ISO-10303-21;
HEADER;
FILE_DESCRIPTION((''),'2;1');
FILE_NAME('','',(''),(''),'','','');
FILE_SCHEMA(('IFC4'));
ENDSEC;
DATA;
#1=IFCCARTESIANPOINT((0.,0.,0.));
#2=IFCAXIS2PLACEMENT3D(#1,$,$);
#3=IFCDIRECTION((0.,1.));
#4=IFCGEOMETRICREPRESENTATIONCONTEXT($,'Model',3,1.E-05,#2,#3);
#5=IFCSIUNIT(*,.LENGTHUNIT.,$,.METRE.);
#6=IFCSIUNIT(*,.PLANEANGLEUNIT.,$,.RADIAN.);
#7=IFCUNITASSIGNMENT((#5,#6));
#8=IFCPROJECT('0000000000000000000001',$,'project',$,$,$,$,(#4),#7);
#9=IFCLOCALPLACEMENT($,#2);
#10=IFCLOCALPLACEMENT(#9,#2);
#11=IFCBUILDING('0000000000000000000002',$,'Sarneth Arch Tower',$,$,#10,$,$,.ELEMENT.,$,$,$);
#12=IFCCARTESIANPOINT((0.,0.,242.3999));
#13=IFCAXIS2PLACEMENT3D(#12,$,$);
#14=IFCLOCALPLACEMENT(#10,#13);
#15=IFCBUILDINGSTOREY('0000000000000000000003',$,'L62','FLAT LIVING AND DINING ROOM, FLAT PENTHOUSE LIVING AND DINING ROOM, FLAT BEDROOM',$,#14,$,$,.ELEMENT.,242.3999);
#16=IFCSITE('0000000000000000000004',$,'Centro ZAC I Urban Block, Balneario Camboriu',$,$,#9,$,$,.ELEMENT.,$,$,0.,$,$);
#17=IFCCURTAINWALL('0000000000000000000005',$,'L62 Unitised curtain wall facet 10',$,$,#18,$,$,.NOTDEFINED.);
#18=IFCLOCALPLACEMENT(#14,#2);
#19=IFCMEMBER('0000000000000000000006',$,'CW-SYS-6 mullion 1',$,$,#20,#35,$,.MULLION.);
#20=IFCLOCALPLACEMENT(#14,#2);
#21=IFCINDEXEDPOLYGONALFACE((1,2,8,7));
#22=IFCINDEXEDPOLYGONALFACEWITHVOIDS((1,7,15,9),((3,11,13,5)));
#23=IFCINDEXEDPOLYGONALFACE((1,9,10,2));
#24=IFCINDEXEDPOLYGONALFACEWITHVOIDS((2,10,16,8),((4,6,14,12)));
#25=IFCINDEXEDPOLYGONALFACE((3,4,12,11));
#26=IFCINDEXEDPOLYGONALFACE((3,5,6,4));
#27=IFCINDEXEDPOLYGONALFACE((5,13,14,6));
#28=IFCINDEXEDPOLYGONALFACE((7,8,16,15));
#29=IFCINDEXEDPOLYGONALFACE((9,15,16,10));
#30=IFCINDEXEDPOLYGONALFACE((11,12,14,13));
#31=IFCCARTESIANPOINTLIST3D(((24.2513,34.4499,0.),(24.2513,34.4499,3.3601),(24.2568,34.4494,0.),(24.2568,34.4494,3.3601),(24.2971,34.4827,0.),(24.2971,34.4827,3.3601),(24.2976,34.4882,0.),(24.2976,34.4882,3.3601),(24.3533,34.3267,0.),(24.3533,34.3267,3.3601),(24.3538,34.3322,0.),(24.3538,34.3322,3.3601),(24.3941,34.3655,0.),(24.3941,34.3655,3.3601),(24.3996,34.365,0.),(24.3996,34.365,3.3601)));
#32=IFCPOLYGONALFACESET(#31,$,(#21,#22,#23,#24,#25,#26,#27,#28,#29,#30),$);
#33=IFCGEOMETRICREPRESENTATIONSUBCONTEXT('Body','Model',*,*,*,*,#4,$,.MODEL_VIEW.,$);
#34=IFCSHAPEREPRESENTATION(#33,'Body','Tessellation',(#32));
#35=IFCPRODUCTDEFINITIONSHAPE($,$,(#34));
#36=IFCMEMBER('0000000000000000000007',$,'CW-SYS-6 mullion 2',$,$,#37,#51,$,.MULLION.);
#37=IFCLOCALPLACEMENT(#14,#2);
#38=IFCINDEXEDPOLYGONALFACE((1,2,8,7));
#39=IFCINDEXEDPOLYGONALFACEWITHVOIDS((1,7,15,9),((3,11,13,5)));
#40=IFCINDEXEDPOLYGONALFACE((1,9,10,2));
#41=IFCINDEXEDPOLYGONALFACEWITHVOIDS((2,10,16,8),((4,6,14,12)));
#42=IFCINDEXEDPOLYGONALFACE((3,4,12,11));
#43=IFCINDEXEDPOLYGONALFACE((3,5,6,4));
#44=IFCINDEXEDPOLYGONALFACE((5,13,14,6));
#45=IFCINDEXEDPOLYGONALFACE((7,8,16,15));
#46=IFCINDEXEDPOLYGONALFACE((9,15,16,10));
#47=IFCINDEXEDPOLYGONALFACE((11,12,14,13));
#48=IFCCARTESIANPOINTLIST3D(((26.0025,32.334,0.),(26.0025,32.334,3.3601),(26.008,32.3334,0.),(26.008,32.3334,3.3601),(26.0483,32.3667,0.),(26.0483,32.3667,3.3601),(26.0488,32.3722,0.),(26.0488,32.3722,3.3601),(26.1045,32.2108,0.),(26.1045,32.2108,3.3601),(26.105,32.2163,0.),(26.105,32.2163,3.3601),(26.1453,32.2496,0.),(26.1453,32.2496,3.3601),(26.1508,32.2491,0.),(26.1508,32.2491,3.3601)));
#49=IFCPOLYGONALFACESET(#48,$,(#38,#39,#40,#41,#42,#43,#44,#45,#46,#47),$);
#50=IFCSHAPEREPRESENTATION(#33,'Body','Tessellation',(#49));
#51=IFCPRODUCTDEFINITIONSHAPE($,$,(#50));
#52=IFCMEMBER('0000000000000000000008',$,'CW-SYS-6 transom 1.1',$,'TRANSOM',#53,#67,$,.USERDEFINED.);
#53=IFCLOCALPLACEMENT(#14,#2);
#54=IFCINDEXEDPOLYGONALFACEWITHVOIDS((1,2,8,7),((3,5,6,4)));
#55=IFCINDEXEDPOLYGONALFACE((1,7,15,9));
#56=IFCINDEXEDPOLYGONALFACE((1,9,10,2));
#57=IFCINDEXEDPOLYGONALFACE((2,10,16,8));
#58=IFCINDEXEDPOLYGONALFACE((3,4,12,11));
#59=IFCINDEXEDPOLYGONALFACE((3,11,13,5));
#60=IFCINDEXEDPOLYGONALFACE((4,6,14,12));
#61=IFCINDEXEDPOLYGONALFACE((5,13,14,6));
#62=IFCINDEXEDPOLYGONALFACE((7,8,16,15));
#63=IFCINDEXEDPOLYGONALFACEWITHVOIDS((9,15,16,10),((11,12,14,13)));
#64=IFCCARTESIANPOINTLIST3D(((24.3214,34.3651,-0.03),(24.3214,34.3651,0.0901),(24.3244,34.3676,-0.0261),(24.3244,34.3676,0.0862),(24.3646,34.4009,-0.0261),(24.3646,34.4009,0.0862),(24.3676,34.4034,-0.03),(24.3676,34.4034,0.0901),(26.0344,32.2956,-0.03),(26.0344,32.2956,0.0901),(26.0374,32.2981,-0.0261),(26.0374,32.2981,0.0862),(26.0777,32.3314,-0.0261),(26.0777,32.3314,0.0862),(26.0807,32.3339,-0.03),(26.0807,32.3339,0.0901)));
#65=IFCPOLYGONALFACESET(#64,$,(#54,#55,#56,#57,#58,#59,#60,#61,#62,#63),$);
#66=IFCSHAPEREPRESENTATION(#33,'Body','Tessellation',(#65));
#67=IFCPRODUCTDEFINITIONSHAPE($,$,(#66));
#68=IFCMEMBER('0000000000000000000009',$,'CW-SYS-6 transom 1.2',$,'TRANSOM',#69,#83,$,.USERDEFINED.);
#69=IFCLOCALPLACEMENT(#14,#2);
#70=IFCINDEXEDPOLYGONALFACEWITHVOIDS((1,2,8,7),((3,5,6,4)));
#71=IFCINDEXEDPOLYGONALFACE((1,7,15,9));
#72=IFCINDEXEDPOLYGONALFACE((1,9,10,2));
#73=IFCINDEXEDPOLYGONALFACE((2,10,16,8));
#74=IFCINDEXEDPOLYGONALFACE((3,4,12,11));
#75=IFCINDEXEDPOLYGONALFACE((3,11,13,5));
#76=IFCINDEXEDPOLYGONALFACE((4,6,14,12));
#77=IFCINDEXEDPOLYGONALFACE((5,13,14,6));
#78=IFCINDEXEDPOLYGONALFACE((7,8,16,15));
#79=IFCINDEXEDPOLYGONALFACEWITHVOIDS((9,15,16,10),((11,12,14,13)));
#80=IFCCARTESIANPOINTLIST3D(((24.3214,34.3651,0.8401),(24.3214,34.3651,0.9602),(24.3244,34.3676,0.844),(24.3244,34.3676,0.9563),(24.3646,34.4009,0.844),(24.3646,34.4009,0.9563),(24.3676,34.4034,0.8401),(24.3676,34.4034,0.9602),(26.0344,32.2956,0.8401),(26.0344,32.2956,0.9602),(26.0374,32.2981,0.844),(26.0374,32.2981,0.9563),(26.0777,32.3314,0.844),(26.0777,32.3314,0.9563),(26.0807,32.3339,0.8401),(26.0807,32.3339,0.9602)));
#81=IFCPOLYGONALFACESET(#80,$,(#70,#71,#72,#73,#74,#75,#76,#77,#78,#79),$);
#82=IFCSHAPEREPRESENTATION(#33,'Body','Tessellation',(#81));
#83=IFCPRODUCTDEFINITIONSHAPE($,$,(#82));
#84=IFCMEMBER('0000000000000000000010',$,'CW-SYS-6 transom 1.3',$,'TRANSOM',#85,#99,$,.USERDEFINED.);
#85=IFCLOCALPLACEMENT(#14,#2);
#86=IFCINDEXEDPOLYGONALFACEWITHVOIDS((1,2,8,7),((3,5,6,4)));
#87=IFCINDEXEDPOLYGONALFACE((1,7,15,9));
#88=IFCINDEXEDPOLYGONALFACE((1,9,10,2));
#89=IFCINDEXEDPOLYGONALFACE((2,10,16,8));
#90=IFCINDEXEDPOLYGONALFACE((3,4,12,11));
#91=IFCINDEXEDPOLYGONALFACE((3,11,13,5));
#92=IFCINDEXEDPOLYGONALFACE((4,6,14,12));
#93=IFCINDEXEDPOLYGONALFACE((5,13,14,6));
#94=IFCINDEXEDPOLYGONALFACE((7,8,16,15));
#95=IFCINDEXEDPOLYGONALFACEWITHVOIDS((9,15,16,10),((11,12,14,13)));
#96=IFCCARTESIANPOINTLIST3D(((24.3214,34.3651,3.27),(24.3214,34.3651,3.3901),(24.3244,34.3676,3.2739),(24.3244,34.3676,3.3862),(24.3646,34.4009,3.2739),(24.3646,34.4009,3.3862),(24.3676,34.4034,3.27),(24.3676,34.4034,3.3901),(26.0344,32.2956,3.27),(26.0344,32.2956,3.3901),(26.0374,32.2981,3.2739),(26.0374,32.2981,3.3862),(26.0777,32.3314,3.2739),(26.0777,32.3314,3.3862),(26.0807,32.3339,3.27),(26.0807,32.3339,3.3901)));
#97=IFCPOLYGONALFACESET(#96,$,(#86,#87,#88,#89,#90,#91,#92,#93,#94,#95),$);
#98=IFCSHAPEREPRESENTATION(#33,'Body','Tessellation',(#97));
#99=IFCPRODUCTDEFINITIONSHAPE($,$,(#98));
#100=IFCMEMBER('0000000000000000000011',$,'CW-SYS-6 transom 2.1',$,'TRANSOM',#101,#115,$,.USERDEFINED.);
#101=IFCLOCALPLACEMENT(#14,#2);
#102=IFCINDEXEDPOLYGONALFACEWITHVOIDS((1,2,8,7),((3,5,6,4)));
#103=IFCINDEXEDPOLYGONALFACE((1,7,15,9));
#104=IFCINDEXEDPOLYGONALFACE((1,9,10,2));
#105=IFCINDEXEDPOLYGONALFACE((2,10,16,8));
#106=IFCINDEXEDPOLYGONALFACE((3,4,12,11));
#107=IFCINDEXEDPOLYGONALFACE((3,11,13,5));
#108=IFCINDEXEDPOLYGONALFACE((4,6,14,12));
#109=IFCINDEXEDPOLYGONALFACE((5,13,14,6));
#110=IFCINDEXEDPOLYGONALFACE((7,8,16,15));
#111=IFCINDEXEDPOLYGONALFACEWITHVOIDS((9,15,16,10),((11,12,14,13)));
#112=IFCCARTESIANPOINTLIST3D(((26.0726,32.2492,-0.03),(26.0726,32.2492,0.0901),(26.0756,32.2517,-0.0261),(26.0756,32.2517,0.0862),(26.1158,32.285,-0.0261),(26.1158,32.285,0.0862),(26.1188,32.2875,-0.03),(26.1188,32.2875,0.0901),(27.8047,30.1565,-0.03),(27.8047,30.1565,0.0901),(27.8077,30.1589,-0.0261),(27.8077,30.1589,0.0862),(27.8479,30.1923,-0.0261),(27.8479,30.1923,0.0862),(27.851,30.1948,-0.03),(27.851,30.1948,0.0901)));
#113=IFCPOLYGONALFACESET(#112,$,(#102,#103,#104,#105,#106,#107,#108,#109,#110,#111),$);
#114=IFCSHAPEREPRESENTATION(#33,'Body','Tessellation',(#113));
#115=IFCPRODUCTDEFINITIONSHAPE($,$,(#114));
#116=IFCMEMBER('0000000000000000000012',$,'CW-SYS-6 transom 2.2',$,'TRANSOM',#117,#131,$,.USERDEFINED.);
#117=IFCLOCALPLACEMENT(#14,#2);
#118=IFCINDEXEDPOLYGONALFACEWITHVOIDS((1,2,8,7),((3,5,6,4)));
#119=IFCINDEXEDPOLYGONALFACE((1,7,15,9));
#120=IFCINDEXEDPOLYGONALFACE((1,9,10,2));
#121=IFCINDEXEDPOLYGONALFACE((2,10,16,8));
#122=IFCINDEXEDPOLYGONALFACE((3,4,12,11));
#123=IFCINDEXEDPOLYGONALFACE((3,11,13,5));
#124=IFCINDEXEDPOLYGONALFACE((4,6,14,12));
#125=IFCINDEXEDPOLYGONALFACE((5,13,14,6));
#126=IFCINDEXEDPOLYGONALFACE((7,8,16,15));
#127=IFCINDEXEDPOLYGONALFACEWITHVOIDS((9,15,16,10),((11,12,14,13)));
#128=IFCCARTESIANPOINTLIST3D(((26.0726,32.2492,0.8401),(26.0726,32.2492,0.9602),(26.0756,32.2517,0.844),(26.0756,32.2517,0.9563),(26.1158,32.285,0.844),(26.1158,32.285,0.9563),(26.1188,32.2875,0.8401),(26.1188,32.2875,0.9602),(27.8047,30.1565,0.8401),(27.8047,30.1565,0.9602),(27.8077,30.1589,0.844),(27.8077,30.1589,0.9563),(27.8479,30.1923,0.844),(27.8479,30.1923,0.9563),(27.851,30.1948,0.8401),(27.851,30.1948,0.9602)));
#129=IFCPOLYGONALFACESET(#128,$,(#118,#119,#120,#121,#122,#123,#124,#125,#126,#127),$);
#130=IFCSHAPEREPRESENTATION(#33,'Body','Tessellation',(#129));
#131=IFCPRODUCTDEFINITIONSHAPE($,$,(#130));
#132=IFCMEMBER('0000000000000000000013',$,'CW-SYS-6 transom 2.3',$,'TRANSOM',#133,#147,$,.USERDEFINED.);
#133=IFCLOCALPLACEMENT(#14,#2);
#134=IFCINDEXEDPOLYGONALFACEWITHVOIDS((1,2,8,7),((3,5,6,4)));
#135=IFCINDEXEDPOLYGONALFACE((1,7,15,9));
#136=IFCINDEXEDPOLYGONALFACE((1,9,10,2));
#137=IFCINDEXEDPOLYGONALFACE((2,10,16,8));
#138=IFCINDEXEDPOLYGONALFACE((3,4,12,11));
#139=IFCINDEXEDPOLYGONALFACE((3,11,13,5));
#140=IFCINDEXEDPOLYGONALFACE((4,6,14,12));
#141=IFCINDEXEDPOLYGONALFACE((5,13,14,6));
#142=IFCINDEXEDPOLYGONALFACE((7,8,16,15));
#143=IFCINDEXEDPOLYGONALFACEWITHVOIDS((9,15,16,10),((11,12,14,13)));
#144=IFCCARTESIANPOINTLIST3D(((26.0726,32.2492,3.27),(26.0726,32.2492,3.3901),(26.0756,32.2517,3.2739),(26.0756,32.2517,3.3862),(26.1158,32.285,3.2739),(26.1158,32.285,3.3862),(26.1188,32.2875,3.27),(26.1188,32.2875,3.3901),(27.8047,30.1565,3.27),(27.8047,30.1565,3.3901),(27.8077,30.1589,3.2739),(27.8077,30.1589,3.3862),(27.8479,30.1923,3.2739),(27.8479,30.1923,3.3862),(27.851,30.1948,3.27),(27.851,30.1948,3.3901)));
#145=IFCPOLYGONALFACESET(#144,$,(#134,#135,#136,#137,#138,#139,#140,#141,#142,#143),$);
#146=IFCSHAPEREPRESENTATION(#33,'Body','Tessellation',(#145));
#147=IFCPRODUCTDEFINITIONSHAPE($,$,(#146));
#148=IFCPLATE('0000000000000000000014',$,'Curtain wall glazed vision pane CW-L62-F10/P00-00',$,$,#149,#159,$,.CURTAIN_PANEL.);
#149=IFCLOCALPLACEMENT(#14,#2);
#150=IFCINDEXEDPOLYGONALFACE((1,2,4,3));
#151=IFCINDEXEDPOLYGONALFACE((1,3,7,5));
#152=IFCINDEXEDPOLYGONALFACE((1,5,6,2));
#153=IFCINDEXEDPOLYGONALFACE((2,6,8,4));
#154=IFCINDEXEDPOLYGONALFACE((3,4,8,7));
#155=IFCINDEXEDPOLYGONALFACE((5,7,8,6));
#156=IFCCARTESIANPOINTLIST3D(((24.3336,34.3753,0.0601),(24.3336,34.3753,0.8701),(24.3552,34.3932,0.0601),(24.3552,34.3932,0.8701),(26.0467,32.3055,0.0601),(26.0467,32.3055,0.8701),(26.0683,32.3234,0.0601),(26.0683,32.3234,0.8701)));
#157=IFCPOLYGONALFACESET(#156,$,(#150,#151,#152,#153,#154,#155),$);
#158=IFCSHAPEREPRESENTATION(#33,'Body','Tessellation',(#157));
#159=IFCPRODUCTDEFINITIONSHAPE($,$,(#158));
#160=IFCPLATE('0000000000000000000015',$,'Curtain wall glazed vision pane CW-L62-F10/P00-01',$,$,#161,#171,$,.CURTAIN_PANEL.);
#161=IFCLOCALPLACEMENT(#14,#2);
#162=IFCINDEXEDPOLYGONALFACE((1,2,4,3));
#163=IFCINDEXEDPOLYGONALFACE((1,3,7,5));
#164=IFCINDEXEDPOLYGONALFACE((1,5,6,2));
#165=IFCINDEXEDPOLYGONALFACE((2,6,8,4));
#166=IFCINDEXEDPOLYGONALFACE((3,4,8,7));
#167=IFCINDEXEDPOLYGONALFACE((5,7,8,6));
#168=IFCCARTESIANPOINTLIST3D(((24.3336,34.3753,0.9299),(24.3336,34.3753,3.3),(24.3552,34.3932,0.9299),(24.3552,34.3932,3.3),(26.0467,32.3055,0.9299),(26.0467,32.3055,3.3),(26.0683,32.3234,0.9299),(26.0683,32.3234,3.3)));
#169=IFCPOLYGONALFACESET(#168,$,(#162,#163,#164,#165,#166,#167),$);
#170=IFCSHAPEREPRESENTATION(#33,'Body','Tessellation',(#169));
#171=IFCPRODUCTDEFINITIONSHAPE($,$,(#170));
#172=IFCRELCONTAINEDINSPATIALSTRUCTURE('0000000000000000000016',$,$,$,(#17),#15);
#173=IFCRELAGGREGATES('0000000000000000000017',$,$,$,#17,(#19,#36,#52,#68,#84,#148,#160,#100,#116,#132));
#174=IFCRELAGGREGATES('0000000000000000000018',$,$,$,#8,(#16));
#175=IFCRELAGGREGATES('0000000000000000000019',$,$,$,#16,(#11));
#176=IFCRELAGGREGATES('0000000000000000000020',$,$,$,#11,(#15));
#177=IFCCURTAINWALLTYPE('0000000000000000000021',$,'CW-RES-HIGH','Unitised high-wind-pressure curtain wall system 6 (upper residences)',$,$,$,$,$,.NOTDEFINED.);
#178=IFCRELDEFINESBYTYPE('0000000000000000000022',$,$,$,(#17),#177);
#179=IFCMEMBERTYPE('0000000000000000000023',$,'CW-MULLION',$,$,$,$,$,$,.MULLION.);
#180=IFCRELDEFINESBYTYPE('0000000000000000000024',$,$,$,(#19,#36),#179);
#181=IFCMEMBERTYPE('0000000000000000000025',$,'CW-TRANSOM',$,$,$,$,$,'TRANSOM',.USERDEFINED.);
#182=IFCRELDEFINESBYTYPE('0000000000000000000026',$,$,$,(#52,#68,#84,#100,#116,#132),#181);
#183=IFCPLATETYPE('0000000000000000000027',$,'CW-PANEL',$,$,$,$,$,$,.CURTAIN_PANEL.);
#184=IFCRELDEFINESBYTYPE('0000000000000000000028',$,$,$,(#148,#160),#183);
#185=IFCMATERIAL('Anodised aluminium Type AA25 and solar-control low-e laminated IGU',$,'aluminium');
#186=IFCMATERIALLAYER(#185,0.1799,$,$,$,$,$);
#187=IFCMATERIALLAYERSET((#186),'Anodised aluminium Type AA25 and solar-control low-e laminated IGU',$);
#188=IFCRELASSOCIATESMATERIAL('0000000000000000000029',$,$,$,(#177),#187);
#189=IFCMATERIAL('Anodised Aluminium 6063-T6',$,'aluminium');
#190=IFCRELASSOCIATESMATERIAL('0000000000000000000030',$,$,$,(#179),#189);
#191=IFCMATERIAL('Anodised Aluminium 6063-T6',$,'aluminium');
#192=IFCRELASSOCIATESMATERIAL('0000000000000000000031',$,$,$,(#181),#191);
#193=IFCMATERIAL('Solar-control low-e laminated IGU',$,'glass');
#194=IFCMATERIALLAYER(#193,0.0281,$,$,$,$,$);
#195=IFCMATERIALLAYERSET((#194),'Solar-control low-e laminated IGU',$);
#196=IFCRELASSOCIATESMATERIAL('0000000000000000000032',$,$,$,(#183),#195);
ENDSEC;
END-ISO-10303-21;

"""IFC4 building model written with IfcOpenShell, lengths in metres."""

from ifc_helpers import new_model, si_unit, direction, frame, origin, origin_2d, place, context, subcontext, project, spatial, rectangle, hollow_rectangle, extrude, material, layer, layer_set, material_profile, profile_set, type_object, element, aggregate, save


model = new_model("IFC4")

# Units and contexts
model_context = context("Model", 3, precision=1e-05, world=origin(), true_north=direction((0.0, 1.0)))
body_context = subcontext(model_context, "Body", "Model", "MODEL_VIEW")
ifc_project = project(units=[si_unit("LENGTHUNIT", "METRE"), si_unit("PLANEANGLEUNIT", "RADIAN")], contexts=[model_context])

# Site, building, storey
site_placement = place(None, origin())
site = spatial("IfcSite", under=ifc_project, at=site_placement, Name="Centro ZAC I Urban Block, Balneario Camboriu", CompositionType="ELEMENT", RefElevation=0.0)
building_placement = place(site_placement, origin())
building = spatial("IfcBuilding", under=site, at=building_placement, Name="Sarneth Arch Tower", CompositionType="ELEMENT")
storey_placement = place(building_placement, frame((0.0, 0.0, 242.3999)))
storey = spatial("IfcBuildingStorey", under=building, at=storey_placement, Name="L62", Description="FLAT LIVING AND DINING ROOM, FLAT PENTHOUSE LIVING AND DINING ROOM, FLAT BEDROOM", CompositionType="ELEMENT", Elevation=242.3999)

# Curtain wall, members, plates
ifc_material_1 = material(Name="Anodised aluminium Type AA25 and solar-control low-e laminated IGU", Category="aluminium")
ifc_layer_1 = layer(ifc_material_1, 0.1799)
ifc_layer_set_1 = layer_set([ifc_layer_1], Name="Anodised aluminium Type AA25 and solar-control low-e laminated IGU")
curtain_wall_type = type_object("IfcCurtainWallType", Name="CW-RES-HIGH", Description="Unitised high-wind-pressure curtain wall system 6 (upper residences)", PredefinedType="NOTDEFINED", material=ifc_layer_set_1)
curtain_wall_placement = place(storey_placement, origin())
curtain_wall = element("IfcCurtainWall", 1, at=curtain_wall_placement, inside=storey, type_object=curtain_wall_type, Name="L62 Unitised curtain wall facet 10", PredefinedType="NOTDEFINED")
ifc_material_2 = material(Name="Anodised Aluminium 6063-T6", Category="aluminium")
ifc_material_profile_1 = material_profile(ifc_material_2, hollow_rectangle(XDim=0.0601, YDim=0.1599, WallThickness=0.0039, at=origin_2d()), Name="AL-MULL-160x60x4")
ifc_profile_set_1 = profile_set([ifc_material_profile_1], Name="Anodised Aluminium 6063-T6")
member_type_1 = type_object("IfcMemberType", Name="CW-MULLION", PredefinedType="MULLION", material=ifc_profile_set_1)
member_1_placement = place(storey_placement, frame((24.3254, 34.4075, 0.0), z_axis=(0.0, 0.0, 1.0), x_axis=(0.770359, 0.63761, 0.0)))
member_1 = element("IfcMember", 2, at=member_1_placement, type_object=member_type_1, Name="CW-SYS-6 mullion 1", PredefinedType="MULLION", context=body_context, shape_type="SweptSolid", body=[
    extrude(hollow_rectangle(XDim=0.0601, YDim=0.1599, WallThickness=0.0039, at=origin_2d()), origin(), (0.0, 0.0, 1.0), 3.3601),
])
member_2_placement = place(storey_placement, frame((26.0767, 32.2915, 0.0), z_axis=(0.0, 0.0, 1.0), x_axis=(0.770359, 0.63761, 0.0)))
member_2 = element("IfcMember", 3, at=member_2_placement, type_object=member_type_1, Name="CW-SYS-6 mullion 2", PredefinedType="MULLION", context=body_context, shape_type="SweptSolid", body=[
    extrude(hollow_rectangle(XDim=0.0601, YDim=0.1599, WallThickness=0.0039, at=origin_2d()), origin(), (0.0, 0.0, 1.0), 3.3601),
])
ifc_material_3 = material(Name="Anodised Aluminium 6063-T6", Category="aluminium")
ifc_material_profile_2 = material_profile(ifc_material_3, hollow_rectangle(XDim=0.0601, YDim=0.1201, WallThickness=0.0039, at=origin_2d()), Name="AL-TRAN-120x60x4")
ifc_profile_set_2 = profile_set([ifc_material_profile_2], Name="Anodised Aluminium 6063-T6")
member_type_2 = type_object("IfcMemberType", Name="CW-TRANSOM", ElementType="TRANSOM", PredefinedType="USERDEFINED", material=ifc_profile_set_2)
member_3_placement = place(storey_placement, frame((24.3445, 34.3843, 0.03), z_axis=(0.637651, -0.770325, 0.0), x_axis=(0.770325, 0.637651, 0.0)))
member_3 = element("IfcMember", 4, at=member_3_placement, type_object=member_type_2, Name="CW-SYS-6 transom 1.1", ObjectType="TRANSOM", PredefinedType="USERDEFINED", context=body_context, shape_type="SweptSolid", body=[
    extrude(hollow_rectangle(XDim=0.0601, YDim=0.1201, WallThickness=0.0039, at=origin_2d()), origin(), (0.0, 0.0, 1.0), 2.6865),
])
member_4_placement = place(storey_placement, frame((24.3445, 34.3843, 0.9001), z_axis=(0.637651, -0.770325, 0.0), x_axis=(0.770325, 0.637651, 0.0)))
member_4 = element("IfcMember", 5, at=member_4_placement, type_object=member_type_2, Name="CW-SYS-6 transom 1.2", ObjectType="TRANSOM", PredefinedType="USERDEFINED", context=body_context, shape_type="SweptSolid", body=[
    extrude(hollow_rectangle(XDim=0.0601, YDim=0.1201, WallThickness=0.0039, at=origin_2d()), origin(), (0.0, 0.0, 1.0), 2.6865),
])
member_5_placement = place(storey_placement, frame((24.3445, 34.3843, 3.3301), z_axis=(0.637651, -0.770325, 0.0), x_axis=(0.770325, 0.637651, 0.0)))
member_5 = element("IfcMember", 6, at=member_5_placement, type_object=member_type_2, Name="CW-SYS-6 transom 1.3", ObjectType="TRANSOM", PredefinedType="USERDEFINED", context=body_context, shape_type="SweptSolid", body=[
    extrude(hollow_rectangle(XDim=0.0601, YDim=0.1201, WallThickness=0.0039, at=origin_2d()), origin(), (0.0, 0.0, 1.0), 2.6865),
])
member_6_placement = place(storey_placement, frame((26.0957, 32.2683, 0.03), z_axis=(0.637617, -0.770353, 0.0), x_axis=(0.770353, 0.637617, 0.0)))
member_6 = element("IfcMember", 7, at=member_6_placement, type_object=member_type_2, Name="CW-SYS-6 transom 2.1", ObjectType="TRANSOM", PredefinedType="USERDEFINED", context=body_context, shape_type="SweptSolid", body=[
    extrude(hollow_rectangle(XDim=0.0601, YDim=0.1201, WallThickness=0.0039, at=origin_2d()), origin(), (0.0, 0.0, 1.0), 2.7166),
])
member_7_placement = place(storey_placement, frame((26.0957, 32.2683, 0.9001), z_axis=(0.637617, -0.770353, 0.0), x_axis=(0.770353, 0.637617, 0.0)))
member_7 = element("IfcMember", 8, at=member_7_placement, type_object=member_type_2, Name="CW-SYS-6 transom 2.2", ObjectType="TRANSOM", PredefinedType="USERDEFINED", context=body_context, shape_type="SweptSolid", body=[
    extrude(hollow_rectangle(XDim=0.0601, YDim=0.1201, WallThickness=0.0039, at=origin_2d()), origin(), (0.0, 0.0, 1.0), 2.7166),
])
member_8_placement = place(storey_placement, frame((26.0957, 32.2683, 3.3301), z_axis=(0.637617, -0.770353, 0.0), x_axis=(0.770353, 0.637617, 0.0)))
member_8 = element("IfcMember", 9, at=member_8_placement, type_object=member_type_2, Name="CW-SYS-6 transom 2.3", ObjectType="TRANSOM", PredefinedType="USERDEFINED", context=body_context, shape_type="SweptSolid", body=[
    extrude(hollow_rectangle(XDim=0.0601, YDim=0.1201, WallThickness=0.0039, at=origin_2d()), origin(), (0.0, 0.0, 1.0), 2.7166),
])
ifc_material_4 = material(Name="Solar-control low-e laminated IGU", Category="glass")
ifc_layer_2 = layer(ifc_material_4, 0.0281)
ifc_layer_set_2 = layer_set([ifc_layer_2], Name="Solar-control low-e laminated IGU")
plate_type = type_object("IfcPlateType", Name="CW-PANEL", PredefinedType="CURTAIN_PANEL", material=ifc_layer_set_2)
plate_1_placement = place(storey_placement, frame((25.2009, 33.3494, 0.0601), z_axis=(0.0, 0.0, 1.0), x_axis=(0.63761, -0.770359, 0.0)))
plate_1 = element("IfcPlate", 10, at=plate_1_placement, type_object=plate_type, Name="Curtain wall glazed vision pane CW-L62-F10/P00-00", PredefinedType="CURTAIN_PANEL", context=body_context, shape_type="SweptSolid", body=[
    extrude(rectangle(XDim=2.6868, YDim=0.0281, at=origin_2d()), origin(), (0.0, 0.0, 1.0), 0.8101),
])
plate_2_placement = place(storey_placement, frame((25.2009, 33.3494, 0.9299), z_axis=(0.0, 0.0, 1.0), x_axis=(0.63761, -0.770359, 0.0)))
plate_2 = element("IfcPlate", 11, at=plate_2_placement, type_object=plate_type, Name="Curtain wall glazed vision pane CW-L62-F10/P00-01", PredefinedType="CURTAIN_PANEL", context=body_context, shape_type="SweptSolid", body=[
    extrude(rectangle(XDim=2.6868, YDim=0.0281, at=origin_2d()), origin(), (0.0, 0.0, 1.0), 2.3701),
])
aggregate(curtain_wall, [member_1, member_2, member_3, member_4, member_5, plate_1, plate_2, member_6, member_7, member_8])

save(model, "model.ifc")
